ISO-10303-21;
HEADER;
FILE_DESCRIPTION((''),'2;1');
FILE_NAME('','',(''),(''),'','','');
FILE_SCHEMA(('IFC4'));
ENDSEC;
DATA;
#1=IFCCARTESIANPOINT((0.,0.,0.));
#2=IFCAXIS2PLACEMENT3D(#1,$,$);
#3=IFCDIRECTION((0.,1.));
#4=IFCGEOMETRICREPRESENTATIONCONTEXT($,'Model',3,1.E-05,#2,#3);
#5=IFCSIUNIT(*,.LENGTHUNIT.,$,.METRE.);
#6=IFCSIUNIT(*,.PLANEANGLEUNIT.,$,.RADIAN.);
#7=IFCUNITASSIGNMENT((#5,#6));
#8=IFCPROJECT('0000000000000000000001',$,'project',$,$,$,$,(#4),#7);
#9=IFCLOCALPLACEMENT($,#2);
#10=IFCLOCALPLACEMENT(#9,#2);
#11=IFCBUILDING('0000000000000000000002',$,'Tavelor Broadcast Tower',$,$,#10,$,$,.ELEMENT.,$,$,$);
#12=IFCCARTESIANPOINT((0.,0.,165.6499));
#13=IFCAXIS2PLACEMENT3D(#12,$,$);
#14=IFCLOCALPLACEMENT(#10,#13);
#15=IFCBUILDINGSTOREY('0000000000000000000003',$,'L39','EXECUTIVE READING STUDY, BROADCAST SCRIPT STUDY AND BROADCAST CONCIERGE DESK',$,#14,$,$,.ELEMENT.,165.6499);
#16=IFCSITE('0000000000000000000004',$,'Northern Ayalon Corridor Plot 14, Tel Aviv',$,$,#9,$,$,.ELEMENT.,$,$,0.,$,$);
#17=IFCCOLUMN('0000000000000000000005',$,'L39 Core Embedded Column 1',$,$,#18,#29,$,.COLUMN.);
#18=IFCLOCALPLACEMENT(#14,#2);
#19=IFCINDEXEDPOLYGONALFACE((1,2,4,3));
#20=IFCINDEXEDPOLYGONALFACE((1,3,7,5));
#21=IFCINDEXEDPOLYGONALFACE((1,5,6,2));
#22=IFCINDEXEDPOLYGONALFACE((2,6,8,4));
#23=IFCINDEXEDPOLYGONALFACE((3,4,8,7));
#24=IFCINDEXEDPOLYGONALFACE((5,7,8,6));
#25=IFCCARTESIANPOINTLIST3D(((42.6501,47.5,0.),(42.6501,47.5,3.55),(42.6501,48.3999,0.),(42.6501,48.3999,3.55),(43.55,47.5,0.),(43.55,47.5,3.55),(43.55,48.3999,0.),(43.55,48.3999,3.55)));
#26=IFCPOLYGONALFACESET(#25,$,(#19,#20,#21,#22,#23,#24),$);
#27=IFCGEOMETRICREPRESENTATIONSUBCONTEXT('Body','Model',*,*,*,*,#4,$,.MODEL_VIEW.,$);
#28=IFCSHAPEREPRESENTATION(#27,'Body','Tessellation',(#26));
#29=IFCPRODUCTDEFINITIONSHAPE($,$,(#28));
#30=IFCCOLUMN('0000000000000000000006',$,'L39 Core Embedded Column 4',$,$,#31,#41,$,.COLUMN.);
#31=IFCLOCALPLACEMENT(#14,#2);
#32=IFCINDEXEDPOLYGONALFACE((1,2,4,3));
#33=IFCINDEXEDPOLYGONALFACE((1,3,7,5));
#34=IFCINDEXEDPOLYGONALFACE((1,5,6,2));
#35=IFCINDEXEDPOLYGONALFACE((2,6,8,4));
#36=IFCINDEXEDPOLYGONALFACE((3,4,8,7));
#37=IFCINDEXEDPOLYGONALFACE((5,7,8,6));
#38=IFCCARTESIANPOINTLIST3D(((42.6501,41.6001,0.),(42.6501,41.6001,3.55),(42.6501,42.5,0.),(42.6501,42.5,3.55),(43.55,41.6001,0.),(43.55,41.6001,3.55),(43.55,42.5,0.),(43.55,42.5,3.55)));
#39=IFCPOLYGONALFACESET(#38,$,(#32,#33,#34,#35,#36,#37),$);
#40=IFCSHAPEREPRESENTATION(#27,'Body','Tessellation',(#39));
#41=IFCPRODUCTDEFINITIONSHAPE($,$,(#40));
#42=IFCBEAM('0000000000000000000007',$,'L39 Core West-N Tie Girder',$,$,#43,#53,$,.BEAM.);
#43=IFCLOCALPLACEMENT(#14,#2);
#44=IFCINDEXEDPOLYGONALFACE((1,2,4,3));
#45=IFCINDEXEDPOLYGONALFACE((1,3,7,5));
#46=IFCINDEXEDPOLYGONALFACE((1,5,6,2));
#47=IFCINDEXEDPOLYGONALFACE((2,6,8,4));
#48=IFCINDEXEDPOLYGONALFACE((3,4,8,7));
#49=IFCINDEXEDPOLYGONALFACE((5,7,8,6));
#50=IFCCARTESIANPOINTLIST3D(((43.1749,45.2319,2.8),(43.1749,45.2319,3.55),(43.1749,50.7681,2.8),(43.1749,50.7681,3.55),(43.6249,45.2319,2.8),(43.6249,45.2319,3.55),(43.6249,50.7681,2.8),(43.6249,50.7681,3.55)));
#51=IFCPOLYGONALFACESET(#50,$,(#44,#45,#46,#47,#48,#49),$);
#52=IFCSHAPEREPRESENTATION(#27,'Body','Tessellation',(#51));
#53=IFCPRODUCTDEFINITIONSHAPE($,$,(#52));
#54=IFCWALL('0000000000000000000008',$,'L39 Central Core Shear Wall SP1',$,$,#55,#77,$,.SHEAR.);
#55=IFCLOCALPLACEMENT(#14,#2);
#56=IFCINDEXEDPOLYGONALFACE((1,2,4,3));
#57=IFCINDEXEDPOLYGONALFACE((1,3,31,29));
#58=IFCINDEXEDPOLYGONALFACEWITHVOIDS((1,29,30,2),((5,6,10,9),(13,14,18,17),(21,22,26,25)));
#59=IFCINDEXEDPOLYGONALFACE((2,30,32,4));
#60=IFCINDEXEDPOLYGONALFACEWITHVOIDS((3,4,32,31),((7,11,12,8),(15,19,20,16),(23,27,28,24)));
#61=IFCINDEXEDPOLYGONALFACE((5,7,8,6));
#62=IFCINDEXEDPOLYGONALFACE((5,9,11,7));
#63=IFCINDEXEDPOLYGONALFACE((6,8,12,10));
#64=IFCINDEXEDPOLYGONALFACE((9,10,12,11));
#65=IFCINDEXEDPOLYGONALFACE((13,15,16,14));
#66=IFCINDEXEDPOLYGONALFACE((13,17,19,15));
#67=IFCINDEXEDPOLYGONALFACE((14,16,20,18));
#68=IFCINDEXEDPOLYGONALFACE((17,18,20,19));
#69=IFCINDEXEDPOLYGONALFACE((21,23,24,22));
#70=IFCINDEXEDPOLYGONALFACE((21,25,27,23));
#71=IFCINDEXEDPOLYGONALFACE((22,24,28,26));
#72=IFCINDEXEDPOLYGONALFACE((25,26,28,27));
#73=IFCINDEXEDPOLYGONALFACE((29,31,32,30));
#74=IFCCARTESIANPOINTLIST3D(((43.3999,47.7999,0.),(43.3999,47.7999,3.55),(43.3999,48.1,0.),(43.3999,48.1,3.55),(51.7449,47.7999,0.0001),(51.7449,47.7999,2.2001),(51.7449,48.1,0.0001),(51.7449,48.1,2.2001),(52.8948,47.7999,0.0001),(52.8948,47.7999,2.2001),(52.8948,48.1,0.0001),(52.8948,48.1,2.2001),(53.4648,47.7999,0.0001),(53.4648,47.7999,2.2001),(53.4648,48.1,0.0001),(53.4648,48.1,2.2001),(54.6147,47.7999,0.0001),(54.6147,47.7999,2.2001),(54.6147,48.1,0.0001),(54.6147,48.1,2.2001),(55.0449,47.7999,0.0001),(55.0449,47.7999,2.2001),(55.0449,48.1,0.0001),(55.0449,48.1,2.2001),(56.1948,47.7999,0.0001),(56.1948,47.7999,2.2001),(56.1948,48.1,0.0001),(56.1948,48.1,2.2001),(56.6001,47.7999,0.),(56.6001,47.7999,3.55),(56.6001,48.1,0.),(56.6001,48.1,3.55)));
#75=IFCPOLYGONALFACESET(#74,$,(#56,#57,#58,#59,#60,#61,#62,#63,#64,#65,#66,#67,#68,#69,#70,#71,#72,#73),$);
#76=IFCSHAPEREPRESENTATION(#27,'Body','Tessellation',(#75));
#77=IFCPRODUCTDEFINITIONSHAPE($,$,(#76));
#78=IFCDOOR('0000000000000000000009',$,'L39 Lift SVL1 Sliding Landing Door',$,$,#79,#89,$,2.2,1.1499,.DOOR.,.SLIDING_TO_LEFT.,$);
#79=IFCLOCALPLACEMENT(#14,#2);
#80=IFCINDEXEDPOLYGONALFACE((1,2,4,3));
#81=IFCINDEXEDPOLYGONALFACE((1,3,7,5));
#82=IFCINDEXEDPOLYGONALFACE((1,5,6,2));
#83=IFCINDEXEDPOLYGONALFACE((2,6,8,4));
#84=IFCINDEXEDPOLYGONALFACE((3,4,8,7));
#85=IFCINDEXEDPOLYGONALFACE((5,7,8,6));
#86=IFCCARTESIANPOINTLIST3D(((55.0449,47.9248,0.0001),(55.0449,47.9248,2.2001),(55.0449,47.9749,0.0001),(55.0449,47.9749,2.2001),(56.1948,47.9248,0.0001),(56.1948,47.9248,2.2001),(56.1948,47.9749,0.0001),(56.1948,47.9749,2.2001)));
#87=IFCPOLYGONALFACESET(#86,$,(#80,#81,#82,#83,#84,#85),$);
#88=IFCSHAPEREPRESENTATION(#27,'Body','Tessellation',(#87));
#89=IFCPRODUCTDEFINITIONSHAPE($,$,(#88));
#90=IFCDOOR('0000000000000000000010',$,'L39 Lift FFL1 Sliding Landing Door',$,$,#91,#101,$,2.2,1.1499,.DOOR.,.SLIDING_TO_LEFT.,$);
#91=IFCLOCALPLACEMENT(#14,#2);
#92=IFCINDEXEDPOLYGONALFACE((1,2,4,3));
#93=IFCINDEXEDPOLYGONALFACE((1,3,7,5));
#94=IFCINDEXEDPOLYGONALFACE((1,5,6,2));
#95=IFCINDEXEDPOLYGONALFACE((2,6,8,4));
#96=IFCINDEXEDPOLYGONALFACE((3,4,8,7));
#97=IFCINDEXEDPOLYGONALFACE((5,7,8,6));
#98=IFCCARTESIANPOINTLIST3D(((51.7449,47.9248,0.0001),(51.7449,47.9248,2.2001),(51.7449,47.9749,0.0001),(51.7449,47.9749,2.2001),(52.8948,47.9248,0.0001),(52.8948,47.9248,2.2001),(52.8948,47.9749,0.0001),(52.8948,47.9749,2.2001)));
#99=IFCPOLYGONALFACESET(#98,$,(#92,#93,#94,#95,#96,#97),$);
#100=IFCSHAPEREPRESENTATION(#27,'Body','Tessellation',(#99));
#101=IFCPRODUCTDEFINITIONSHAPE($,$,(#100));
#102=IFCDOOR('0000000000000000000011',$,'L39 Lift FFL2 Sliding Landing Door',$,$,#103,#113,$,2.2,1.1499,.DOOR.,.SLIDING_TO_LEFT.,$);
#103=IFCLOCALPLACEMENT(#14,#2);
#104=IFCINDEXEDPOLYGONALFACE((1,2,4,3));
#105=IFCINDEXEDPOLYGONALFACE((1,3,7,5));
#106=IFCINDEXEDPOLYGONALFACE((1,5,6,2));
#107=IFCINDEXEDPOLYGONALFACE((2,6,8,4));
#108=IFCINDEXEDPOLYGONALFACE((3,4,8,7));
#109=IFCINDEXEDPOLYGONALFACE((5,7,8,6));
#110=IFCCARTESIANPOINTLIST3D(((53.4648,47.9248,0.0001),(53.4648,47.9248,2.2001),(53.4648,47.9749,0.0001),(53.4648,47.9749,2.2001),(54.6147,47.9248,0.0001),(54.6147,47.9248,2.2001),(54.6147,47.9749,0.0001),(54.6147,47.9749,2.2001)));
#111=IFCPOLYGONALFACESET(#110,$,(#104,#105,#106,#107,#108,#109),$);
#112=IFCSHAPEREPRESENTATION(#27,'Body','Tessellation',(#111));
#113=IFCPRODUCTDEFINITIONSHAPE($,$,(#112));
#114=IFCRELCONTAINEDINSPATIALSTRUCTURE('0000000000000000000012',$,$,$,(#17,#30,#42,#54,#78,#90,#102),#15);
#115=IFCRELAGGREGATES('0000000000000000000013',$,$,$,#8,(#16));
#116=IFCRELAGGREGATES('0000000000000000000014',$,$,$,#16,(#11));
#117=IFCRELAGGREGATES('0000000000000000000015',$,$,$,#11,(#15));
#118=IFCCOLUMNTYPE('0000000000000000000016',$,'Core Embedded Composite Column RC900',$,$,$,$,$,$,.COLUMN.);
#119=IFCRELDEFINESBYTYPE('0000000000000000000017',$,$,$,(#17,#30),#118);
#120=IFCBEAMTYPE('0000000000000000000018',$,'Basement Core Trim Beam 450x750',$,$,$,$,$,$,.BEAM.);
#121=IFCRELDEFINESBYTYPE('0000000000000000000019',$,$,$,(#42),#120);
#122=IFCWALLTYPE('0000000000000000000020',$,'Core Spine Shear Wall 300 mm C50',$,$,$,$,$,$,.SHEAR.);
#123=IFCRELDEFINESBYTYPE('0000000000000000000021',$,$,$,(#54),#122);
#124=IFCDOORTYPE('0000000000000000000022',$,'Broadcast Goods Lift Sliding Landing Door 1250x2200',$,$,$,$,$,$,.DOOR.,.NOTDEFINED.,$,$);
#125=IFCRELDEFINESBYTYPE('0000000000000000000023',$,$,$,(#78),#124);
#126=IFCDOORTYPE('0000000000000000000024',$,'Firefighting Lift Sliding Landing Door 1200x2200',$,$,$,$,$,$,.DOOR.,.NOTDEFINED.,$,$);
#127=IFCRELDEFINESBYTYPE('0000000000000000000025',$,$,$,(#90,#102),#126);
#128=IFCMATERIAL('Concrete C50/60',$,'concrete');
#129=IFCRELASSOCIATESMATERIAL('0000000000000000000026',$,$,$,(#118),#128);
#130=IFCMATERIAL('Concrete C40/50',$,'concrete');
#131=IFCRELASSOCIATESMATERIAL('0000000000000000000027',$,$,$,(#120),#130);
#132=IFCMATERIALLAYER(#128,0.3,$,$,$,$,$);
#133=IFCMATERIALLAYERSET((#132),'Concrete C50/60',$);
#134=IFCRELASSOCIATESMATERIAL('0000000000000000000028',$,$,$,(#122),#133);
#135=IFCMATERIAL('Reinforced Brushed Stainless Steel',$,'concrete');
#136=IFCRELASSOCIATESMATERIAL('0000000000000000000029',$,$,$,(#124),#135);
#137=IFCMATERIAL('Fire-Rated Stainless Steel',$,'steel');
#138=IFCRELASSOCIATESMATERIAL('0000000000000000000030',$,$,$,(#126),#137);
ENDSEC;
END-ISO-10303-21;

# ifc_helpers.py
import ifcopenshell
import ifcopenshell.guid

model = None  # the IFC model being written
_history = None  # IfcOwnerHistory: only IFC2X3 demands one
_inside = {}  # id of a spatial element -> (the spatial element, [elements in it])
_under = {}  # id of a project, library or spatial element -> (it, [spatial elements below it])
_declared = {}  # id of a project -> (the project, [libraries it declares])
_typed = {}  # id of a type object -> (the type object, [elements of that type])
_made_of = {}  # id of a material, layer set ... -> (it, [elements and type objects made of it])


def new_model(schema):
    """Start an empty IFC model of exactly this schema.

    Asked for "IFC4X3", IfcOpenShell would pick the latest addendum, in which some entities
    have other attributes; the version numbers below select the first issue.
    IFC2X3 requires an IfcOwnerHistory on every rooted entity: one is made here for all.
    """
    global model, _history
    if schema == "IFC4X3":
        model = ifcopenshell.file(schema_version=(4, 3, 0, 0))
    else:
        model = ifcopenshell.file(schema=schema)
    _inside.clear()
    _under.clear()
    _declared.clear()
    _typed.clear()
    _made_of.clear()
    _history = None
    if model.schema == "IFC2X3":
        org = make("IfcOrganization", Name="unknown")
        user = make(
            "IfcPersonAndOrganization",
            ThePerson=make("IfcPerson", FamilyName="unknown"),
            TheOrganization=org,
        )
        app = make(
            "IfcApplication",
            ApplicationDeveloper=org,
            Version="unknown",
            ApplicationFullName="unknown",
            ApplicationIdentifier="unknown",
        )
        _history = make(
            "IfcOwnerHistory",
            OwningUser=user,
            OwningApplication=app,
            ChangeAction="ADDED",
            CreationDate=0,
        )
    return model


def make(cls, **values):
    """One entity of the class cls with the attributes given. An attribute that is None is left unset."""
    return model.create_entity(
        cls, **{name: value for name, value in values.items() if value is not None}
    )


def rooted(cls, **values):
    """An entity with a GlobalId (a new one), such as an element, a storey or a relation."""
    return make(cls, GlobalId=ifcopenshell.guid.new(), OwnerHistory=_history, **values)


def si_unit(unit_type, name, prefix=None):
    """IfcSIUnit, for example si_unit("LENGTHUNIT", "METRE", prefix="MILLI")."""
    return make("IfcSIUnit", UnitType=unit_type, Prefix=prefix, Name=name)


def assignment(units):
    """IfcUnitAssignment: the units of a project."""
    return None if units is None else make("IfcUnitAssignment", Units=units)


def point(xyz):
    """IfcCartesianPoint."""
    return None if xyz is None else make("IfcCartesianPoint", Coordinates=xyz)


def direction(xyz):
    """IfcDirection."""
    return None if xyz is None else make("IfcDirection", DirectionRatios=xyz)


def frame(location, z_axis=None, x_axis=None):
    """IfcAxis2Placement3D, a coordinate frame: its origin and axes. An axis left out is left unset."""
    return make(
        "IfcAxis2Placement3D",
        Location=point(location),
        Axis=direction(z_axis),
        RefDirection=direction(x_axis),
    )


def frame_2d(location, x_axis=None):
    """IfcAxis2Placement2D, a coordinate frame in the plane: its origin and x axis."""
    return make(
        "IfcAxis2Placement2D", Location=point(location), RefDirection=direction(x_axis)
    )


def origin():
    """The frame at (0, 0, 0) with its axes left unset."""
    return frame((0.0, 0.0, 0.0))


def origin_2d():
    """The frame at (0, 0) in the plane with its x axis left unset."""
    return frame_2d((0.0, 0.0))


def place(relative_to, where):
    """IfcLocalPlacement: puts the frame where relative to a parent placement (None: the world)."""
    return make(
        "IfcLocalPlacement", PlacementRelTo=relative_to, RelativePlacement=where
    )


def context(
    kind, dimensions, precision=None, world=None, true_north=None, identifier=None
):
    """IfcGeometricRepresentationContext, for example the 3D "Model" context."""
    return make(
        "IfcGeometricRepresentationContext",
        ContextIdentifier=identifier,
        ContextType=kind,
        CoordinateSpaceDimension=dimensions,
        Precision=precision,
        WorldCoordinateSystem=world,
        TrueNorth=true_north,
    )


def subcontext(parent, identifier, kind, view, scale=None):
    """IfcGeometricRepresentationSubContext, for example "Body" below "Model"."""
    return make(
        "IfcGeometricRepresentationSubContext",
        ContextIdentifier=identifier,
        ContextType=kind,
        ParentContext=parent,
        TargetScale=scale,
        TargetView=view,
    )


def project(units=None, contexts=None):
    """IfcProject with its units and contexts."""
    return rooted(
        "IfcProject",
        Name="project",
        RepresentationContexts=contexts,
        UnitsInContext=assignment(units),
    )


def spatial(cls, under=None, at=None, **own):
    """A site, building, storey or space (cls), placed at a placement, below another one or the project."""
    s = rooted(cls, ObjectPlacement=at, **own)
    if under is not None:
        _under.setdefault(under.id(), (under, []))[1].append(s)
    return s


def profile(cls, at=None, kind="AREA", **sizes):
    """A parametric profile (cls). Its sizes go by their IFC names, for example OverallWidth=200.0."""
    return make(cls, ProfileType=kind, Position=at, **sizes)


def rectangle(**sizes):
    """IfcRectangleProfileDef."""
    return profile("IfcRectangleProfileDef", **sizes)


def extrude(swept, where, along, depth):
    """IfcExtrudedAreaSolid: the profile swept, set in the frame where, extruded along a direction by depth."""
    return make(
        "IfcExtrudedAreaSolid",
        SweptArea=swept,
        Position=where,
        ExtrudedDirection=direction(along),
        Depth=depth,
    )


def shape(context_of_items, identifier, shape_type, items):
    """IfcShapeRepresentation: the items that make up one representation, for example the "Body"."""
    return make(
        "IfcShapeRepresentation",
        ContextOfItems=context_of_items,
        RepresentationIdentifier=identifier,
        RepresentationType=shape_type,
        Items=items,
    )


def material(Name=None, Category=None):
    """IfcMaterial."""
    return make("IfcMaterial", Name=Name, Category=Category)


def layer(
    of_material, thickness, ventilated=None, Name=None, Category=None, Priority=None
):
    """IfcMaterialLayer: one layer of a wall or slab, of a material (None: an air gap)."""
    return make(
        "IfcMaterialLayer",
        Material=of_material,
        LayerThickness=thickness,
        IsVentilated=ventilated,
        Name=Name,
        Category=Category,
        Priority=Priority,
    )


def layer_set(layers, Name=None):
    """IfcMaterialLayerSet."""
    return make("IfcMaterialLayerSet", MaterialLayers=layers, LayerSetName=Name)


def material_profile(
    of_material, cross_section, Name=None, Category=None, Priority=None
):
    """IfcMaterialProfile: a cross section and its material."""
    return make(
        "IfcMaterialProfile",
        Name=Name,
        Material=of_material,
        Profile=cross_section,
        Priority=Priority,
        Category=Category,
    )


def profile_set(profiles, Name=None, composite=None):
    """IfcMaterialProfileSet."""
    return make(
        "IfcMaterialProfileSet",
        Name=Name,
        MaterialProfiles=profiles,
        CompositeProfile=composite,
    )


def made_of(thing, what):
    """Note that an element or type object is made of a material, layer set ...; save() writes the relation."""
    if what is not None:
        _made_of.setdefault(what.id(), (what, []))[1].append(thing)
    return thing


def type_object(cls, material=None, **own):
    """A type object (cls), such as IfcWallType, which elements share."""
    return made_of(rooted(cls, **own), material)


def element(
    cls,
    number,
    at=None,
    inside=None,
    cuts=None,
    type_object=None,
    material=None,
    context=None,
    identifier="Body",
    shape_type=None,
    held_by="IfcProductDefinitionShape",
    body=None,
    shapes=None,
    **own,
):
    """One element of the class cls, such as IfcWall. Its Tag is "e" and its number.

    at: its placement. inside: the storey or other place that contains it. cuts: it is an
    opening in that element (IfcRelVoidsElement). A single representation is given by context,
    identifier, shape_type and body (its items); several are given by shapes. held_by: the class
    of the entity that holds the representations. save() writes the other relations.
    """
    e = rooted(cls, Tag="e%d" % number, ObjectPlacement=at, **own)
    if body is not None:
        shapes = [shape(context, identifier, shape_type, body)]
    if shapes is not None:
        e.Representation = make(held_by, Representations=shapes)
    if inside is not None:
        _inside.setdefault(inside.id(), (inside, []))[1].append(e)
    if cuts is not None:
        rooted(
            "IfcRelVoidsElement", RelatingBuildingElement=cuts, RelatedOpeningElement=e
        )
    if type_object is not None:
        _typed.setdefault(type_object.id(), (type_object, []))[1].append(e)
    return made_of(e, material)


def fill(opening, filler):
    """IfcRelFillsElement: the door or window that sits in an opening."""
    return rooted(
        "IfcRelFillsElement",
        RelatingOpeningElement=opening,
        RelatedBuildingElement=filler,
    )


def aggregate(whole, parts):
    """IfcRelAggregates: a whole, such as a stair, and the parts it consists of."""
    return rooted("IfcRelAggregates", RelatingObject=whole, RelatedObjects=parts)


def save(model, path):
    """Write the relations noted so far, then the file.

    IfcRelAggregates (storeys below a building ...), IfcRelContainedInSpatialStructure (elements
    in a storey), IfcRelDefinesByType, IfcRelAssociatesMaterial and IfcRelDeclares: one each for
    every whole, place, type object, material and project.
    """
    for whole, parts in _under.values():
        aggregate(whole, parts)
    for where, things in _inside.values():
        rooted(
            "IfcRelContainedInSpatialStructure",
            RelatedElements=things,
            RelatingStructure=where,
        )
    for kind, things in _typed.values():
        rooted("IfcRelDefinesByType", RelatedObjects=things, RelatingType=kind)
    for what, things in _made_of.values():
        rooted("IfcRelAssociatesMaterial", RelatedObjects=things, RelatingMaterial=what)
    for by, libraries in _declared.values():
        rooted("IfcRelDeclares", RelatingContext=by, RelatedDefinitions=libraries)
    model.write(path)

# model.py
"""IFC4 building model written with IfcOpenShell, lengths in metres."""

from ifc_helpers import new_model, si_unit, direction, frame, frame_2d, origin, origin_2d, place, context, subcontext, project, spatial, rectangle, extrude, material, layer, layer_set, material_profile, profile_set, type_object, element, fill, save


model = new_model("IFC4")

# Units and contexts
model_context = context("Model", 3, precision=1e-05, world=origin(), true_north=direction((0.0, 1.0)))
body_context = subcontext(model_context, "Body", "Model", "MODEL_VIEW")
ifc_project = project(units=[si_unit("LENGTHUNIT", "METRE"), si_unit("PLANEANGLEUNIT", "RADIAN")], contexts=[model_context])

# Site, building, storey
site_placement = place(None, origin())
site = spatial("IfcSite", under=ifc_project, at=site_placement, Name="Northern Ayalon Corridor Plot 14, Tel Aviv", CompositionType="ELEMENT", RefElevation=0.0)
building_placement = place(site_placement, origin())
building = spatial("IfcBuilding", under=site, at=building_placement, Name="Tavelor Broadcast Tower", CompositionType="ELEMENT")
storey_placement = place(building_placement, frame((0.0, 0.0, 165.6499)))
storey = spatial("IfcBuildingStorey", under=building, at=storey_placement, Name="L39", Description="EXECUTIVE READING STUDY, BROADCAST SCRIPT STUDY AND BROADCAST CONCIERGE DESK", CompositionType="ELEMENT", Elevation=165.6499)

# Columns
ifc_material_1 = material(Name="Concrete C50/60", Category="concrete")
ifc_material_profile_1 = material_profile(ifc_material_1, rectangle(XDim=0.8999, YDim=0.8999, at=origin_2d()), Name="RC 900x900")
ifc_profile_set_1 = profile_set([ifc_material_profile_1], Name="Concrete C50/60")
column_type = type_object("IfcColumnType", Name="Core Embedded Composite Column RC900", PredefinedType="COLUMN", material=ifc_profile_set_1)
for number, where, z_axis, x_axis, name in (
    (1, (43.1001, 47.95, 0.0), (0.0, 0.0, 1.0), (1.0, 0.0, 0.0), "L39 Core Embedded Column 1"),
    (2, (43.1001, 42.05, 0.0), (0.0, 0.0, 1.0), (1.0, 0.0, 0.0), "L39 Core Embedded Column 4"),
):
    element("IfcColumn", number, at=place(storey_placement, frame(where, z_axis=z_axis, x_axis=x_axis)), inside=storey, type_object=column_type, Name=name, PredefinedType="COLUMN", context=body_context, shape_type="SweptSolid", body=[
        extrude(rectangle(XDim=0.8999, YDim=0.8999, at=origin_2d()), origin(), (0.0, 0.0, 1.0), 3.55),
    ])

# Beam
ifc_material_2 = material(Name="Concrete C40/50", Category="concrete")
ifc_material_profile_2 = material_profile(ifc_material_2, rectangle(XDim=0.45, YDim=0.75, at=origin_2d()), Name="RC 450x750")
ifc_profile_set_2 = profile_set([ifc_material_profile_2], Name="Concrete C40/50")
beam_type = type_object("IfcBeamType", Name="Basement Core Trim Beam 450x750", PredefinedType="BEAM", material=ifc_profile_set_2)
beam_placement = place(storey_placement, frame((43.3999, 45.2319, 3.175), z_axis=(0.0, 1.0, 0.0), x_axis=(-1.0, 0.0, 0.0)))
element("IfcBeam", 3, at=beam_placement, inside=storey, type_object=beam_type, Name="L39 Core West-N Tie Girder", PredefinedType="BEAM", context=body_context, shape_type="SweptSolid", body=[
    extrude(rectangle(XDim=0.45, YDim=0.75, at=origin_2d()), origin(), (0.0, 0.0, 1.0), 5.5361),
])

# Wall, openings, doors
ifc_layer_1 = layer(ifc_material_1, 0.3)
ifc_layer_set_1 = layer_set([ifc_layer_1], Name="Concrete C50/60")
wall_type_1 = type_object("IfcWallType", Name="Core Spine Shear Wall 300 mm C50", PredefinedType="SHEAR", material=ifc_layer_set_1)
wall_1_placement = place(storey_placement, frame((43.3999, 47.95, 0.0), z_axis=(0.0, 0.0, 1.0), x_axis=(1.0, 0.0, 0.0)))
wall_1 = element("IfcWall", 4, at=wall_1_placement, inside=storey, type_object=wall_type_1, Name="L39 Central Core Shear Wall SP1", PredefinedType="SHEAR", context=body_context, shape_type="SweptSolid", body=[
    extrude(rectangle(XDim=13.2002, YDim=0.3, at=frame_2d((6.6001, 0.0))), origin(), (0.0, 0.0, 1.0), 3.55),
])
opening_1_placement = place(wall_1_placement, frame((8.345, 0.0, 0.0)))
opening_1 = element("IfcOpeningElement", 5, at=opening_1_placement, cuts=wall_1, PredefinedType="OPENING", context=body_context, shape_type="SweptSolid", body=[
    extrude(rectangle(XDim=1.1499, YDim=2.2, at=frame_2d((0.575, 1.1001))), frame((0.0, 0.1602, 0.0), z_axis=(0.0, -1.0, 0.0), x_axis=(1.0, 0.0, 0.0)), (0.0, 0.0, 1.0), 0.3201),
])
opening_2_placement = place(wall_1_placement, frame((10.0649, 0.0, 0.0)))
opening_2 = element("IfcOpeningElement", 6, at=opening_2_placement, cuts=wall_1, PredefinedType="OPENING", context=body_context, shape_type="SweptSolid", body=[
    extrude(rectangle(XDim=1.1499, YDim=2.2, at=frame_2d((0.575, 1.1001))), frame((0.0, 0.1602, 0.0), z_axis=(0.0, -1.0, 0.0), x_axis=(1.0, 0.0, 0.0)), (0.0, 0.0, 1.0), 0.3201),
])
opening_3_placement = place(wall_1_placement, frame((11.645, 0.0, 0.0)))
opening_3 = element("IfcOpeningElement", 7, at=opening_3_placement, cuts=wall_1, PredefinedType="OPENING", context=body_context, shape_type="SweptSolid", body=[
    extrude(rectangle(XDim=1.1499, YDim=2.2, at=frame_2d((0.575, 1.1001))), frame((0.0, 0.1602, 0.0), z_axis=(0.0, -1.0, 0.0), x_axis=(1.0, 0.0, 0.0)), (0.0, 0.0, 1.0), 0.3201),
])
ifc_material_3 = material(Name="Reinforced Brushed Stainless Steel", Category="concrete")
door_type_1 = type_object("IfcDoorType", Name="Broadcast Goods Lift Sliding Landing Door 1250x2200", OperationType="NOTDEFINED", PredefinedType="DOOR", material=ifc_material_3)
door_1_placement = place(opening_3_placement, origin())
door_1 = element("IfcDoor", 8, at=door_1_placement, inside=storey, type_object=door_type_1, Name="L39 Lift SVL1 Sliding Landing Door", OperationType="SLIDING_TO_LEFT", OverallHeight=2.2, OverallWidth=1.1499, PredefinedType="DOOR", context=body_context, shape_type="SweptSolid", body=[
    extrude(rectangle(XDim=1.1499, YDim=2.2, at=frame_2d((0.575, 1.1001))), frame((0.0, 0.0249, 0.0), z_axis=(0.0, -1.0, 0.0), x_axis=(1.0, 0.0, 0.0)), (0.0, 0.0, 1.0), 0.05),
])
fill(opening_3, door_1)
ifc_material_4 = material(Name="Fire-Rated Stainless Steel", Category="steel")
door_type_2 = type_object("IfcDoorType", Name="Firefighting Lift Sliding Landing Door 1200x2200", OperationType="NOTDEFINED", PredefinedType="DOOR", material=ifc_material_4)
door_2_placement = place(opening_1_placement, origin())
door_2 = element("IfcDoor", 9, at=door_2_placement, inside=storey, type_object=door_type_2, Name="L39 Lift FFL1 Sliding Landing Door", OperationType="SLIDING_TO_LEFT", OverallHeight=2.2, OverallWidth=1.1499, PredefinedType="DOOR", context=body_context, shape_type="SweptSolid", body=[
    extrude(rectangle(XDim=1.1499, YDim=2.2, at=frame_2d((0.575, 1.1001))), frame((0.0, 0.0249, 0.0), z_axis=(0.0, -1.0, 0.0), x_axis=(1.0, 0.0, 0.0)), (0.0, 0.0, 1.0), 0.05),
])
fill(opening_1, door_2)
door_3_placement = place(opening_2_placement, origin())
door_3 = element("IfcDoor", 10, at=door_3_placement, inside=storey, type_object=door_type_2, Name="L39 Lift FFL2 Sliding Landing Door", OperationType="SLIDING_TO_LEFT", OverallHeight=2.2, OverallWidth=1.1499, PredefinedType="DOOR", context=body_context, shape_type="SweptSolid", body=[
    extrude(rectangle(XDim=1.1499, YDim=2.2, at=frame_2d((0.575, 1.1001))), frame((0.0, 0.0249, 0.0), z_axis=(0.0, -1.0, 0.0), x_axis=(1.0, 0.0, 0.0)), (0.0, 0.0, 1.0), 0.05),
])
fill(opening_2, door_3)

save(model, "model.ifc")
